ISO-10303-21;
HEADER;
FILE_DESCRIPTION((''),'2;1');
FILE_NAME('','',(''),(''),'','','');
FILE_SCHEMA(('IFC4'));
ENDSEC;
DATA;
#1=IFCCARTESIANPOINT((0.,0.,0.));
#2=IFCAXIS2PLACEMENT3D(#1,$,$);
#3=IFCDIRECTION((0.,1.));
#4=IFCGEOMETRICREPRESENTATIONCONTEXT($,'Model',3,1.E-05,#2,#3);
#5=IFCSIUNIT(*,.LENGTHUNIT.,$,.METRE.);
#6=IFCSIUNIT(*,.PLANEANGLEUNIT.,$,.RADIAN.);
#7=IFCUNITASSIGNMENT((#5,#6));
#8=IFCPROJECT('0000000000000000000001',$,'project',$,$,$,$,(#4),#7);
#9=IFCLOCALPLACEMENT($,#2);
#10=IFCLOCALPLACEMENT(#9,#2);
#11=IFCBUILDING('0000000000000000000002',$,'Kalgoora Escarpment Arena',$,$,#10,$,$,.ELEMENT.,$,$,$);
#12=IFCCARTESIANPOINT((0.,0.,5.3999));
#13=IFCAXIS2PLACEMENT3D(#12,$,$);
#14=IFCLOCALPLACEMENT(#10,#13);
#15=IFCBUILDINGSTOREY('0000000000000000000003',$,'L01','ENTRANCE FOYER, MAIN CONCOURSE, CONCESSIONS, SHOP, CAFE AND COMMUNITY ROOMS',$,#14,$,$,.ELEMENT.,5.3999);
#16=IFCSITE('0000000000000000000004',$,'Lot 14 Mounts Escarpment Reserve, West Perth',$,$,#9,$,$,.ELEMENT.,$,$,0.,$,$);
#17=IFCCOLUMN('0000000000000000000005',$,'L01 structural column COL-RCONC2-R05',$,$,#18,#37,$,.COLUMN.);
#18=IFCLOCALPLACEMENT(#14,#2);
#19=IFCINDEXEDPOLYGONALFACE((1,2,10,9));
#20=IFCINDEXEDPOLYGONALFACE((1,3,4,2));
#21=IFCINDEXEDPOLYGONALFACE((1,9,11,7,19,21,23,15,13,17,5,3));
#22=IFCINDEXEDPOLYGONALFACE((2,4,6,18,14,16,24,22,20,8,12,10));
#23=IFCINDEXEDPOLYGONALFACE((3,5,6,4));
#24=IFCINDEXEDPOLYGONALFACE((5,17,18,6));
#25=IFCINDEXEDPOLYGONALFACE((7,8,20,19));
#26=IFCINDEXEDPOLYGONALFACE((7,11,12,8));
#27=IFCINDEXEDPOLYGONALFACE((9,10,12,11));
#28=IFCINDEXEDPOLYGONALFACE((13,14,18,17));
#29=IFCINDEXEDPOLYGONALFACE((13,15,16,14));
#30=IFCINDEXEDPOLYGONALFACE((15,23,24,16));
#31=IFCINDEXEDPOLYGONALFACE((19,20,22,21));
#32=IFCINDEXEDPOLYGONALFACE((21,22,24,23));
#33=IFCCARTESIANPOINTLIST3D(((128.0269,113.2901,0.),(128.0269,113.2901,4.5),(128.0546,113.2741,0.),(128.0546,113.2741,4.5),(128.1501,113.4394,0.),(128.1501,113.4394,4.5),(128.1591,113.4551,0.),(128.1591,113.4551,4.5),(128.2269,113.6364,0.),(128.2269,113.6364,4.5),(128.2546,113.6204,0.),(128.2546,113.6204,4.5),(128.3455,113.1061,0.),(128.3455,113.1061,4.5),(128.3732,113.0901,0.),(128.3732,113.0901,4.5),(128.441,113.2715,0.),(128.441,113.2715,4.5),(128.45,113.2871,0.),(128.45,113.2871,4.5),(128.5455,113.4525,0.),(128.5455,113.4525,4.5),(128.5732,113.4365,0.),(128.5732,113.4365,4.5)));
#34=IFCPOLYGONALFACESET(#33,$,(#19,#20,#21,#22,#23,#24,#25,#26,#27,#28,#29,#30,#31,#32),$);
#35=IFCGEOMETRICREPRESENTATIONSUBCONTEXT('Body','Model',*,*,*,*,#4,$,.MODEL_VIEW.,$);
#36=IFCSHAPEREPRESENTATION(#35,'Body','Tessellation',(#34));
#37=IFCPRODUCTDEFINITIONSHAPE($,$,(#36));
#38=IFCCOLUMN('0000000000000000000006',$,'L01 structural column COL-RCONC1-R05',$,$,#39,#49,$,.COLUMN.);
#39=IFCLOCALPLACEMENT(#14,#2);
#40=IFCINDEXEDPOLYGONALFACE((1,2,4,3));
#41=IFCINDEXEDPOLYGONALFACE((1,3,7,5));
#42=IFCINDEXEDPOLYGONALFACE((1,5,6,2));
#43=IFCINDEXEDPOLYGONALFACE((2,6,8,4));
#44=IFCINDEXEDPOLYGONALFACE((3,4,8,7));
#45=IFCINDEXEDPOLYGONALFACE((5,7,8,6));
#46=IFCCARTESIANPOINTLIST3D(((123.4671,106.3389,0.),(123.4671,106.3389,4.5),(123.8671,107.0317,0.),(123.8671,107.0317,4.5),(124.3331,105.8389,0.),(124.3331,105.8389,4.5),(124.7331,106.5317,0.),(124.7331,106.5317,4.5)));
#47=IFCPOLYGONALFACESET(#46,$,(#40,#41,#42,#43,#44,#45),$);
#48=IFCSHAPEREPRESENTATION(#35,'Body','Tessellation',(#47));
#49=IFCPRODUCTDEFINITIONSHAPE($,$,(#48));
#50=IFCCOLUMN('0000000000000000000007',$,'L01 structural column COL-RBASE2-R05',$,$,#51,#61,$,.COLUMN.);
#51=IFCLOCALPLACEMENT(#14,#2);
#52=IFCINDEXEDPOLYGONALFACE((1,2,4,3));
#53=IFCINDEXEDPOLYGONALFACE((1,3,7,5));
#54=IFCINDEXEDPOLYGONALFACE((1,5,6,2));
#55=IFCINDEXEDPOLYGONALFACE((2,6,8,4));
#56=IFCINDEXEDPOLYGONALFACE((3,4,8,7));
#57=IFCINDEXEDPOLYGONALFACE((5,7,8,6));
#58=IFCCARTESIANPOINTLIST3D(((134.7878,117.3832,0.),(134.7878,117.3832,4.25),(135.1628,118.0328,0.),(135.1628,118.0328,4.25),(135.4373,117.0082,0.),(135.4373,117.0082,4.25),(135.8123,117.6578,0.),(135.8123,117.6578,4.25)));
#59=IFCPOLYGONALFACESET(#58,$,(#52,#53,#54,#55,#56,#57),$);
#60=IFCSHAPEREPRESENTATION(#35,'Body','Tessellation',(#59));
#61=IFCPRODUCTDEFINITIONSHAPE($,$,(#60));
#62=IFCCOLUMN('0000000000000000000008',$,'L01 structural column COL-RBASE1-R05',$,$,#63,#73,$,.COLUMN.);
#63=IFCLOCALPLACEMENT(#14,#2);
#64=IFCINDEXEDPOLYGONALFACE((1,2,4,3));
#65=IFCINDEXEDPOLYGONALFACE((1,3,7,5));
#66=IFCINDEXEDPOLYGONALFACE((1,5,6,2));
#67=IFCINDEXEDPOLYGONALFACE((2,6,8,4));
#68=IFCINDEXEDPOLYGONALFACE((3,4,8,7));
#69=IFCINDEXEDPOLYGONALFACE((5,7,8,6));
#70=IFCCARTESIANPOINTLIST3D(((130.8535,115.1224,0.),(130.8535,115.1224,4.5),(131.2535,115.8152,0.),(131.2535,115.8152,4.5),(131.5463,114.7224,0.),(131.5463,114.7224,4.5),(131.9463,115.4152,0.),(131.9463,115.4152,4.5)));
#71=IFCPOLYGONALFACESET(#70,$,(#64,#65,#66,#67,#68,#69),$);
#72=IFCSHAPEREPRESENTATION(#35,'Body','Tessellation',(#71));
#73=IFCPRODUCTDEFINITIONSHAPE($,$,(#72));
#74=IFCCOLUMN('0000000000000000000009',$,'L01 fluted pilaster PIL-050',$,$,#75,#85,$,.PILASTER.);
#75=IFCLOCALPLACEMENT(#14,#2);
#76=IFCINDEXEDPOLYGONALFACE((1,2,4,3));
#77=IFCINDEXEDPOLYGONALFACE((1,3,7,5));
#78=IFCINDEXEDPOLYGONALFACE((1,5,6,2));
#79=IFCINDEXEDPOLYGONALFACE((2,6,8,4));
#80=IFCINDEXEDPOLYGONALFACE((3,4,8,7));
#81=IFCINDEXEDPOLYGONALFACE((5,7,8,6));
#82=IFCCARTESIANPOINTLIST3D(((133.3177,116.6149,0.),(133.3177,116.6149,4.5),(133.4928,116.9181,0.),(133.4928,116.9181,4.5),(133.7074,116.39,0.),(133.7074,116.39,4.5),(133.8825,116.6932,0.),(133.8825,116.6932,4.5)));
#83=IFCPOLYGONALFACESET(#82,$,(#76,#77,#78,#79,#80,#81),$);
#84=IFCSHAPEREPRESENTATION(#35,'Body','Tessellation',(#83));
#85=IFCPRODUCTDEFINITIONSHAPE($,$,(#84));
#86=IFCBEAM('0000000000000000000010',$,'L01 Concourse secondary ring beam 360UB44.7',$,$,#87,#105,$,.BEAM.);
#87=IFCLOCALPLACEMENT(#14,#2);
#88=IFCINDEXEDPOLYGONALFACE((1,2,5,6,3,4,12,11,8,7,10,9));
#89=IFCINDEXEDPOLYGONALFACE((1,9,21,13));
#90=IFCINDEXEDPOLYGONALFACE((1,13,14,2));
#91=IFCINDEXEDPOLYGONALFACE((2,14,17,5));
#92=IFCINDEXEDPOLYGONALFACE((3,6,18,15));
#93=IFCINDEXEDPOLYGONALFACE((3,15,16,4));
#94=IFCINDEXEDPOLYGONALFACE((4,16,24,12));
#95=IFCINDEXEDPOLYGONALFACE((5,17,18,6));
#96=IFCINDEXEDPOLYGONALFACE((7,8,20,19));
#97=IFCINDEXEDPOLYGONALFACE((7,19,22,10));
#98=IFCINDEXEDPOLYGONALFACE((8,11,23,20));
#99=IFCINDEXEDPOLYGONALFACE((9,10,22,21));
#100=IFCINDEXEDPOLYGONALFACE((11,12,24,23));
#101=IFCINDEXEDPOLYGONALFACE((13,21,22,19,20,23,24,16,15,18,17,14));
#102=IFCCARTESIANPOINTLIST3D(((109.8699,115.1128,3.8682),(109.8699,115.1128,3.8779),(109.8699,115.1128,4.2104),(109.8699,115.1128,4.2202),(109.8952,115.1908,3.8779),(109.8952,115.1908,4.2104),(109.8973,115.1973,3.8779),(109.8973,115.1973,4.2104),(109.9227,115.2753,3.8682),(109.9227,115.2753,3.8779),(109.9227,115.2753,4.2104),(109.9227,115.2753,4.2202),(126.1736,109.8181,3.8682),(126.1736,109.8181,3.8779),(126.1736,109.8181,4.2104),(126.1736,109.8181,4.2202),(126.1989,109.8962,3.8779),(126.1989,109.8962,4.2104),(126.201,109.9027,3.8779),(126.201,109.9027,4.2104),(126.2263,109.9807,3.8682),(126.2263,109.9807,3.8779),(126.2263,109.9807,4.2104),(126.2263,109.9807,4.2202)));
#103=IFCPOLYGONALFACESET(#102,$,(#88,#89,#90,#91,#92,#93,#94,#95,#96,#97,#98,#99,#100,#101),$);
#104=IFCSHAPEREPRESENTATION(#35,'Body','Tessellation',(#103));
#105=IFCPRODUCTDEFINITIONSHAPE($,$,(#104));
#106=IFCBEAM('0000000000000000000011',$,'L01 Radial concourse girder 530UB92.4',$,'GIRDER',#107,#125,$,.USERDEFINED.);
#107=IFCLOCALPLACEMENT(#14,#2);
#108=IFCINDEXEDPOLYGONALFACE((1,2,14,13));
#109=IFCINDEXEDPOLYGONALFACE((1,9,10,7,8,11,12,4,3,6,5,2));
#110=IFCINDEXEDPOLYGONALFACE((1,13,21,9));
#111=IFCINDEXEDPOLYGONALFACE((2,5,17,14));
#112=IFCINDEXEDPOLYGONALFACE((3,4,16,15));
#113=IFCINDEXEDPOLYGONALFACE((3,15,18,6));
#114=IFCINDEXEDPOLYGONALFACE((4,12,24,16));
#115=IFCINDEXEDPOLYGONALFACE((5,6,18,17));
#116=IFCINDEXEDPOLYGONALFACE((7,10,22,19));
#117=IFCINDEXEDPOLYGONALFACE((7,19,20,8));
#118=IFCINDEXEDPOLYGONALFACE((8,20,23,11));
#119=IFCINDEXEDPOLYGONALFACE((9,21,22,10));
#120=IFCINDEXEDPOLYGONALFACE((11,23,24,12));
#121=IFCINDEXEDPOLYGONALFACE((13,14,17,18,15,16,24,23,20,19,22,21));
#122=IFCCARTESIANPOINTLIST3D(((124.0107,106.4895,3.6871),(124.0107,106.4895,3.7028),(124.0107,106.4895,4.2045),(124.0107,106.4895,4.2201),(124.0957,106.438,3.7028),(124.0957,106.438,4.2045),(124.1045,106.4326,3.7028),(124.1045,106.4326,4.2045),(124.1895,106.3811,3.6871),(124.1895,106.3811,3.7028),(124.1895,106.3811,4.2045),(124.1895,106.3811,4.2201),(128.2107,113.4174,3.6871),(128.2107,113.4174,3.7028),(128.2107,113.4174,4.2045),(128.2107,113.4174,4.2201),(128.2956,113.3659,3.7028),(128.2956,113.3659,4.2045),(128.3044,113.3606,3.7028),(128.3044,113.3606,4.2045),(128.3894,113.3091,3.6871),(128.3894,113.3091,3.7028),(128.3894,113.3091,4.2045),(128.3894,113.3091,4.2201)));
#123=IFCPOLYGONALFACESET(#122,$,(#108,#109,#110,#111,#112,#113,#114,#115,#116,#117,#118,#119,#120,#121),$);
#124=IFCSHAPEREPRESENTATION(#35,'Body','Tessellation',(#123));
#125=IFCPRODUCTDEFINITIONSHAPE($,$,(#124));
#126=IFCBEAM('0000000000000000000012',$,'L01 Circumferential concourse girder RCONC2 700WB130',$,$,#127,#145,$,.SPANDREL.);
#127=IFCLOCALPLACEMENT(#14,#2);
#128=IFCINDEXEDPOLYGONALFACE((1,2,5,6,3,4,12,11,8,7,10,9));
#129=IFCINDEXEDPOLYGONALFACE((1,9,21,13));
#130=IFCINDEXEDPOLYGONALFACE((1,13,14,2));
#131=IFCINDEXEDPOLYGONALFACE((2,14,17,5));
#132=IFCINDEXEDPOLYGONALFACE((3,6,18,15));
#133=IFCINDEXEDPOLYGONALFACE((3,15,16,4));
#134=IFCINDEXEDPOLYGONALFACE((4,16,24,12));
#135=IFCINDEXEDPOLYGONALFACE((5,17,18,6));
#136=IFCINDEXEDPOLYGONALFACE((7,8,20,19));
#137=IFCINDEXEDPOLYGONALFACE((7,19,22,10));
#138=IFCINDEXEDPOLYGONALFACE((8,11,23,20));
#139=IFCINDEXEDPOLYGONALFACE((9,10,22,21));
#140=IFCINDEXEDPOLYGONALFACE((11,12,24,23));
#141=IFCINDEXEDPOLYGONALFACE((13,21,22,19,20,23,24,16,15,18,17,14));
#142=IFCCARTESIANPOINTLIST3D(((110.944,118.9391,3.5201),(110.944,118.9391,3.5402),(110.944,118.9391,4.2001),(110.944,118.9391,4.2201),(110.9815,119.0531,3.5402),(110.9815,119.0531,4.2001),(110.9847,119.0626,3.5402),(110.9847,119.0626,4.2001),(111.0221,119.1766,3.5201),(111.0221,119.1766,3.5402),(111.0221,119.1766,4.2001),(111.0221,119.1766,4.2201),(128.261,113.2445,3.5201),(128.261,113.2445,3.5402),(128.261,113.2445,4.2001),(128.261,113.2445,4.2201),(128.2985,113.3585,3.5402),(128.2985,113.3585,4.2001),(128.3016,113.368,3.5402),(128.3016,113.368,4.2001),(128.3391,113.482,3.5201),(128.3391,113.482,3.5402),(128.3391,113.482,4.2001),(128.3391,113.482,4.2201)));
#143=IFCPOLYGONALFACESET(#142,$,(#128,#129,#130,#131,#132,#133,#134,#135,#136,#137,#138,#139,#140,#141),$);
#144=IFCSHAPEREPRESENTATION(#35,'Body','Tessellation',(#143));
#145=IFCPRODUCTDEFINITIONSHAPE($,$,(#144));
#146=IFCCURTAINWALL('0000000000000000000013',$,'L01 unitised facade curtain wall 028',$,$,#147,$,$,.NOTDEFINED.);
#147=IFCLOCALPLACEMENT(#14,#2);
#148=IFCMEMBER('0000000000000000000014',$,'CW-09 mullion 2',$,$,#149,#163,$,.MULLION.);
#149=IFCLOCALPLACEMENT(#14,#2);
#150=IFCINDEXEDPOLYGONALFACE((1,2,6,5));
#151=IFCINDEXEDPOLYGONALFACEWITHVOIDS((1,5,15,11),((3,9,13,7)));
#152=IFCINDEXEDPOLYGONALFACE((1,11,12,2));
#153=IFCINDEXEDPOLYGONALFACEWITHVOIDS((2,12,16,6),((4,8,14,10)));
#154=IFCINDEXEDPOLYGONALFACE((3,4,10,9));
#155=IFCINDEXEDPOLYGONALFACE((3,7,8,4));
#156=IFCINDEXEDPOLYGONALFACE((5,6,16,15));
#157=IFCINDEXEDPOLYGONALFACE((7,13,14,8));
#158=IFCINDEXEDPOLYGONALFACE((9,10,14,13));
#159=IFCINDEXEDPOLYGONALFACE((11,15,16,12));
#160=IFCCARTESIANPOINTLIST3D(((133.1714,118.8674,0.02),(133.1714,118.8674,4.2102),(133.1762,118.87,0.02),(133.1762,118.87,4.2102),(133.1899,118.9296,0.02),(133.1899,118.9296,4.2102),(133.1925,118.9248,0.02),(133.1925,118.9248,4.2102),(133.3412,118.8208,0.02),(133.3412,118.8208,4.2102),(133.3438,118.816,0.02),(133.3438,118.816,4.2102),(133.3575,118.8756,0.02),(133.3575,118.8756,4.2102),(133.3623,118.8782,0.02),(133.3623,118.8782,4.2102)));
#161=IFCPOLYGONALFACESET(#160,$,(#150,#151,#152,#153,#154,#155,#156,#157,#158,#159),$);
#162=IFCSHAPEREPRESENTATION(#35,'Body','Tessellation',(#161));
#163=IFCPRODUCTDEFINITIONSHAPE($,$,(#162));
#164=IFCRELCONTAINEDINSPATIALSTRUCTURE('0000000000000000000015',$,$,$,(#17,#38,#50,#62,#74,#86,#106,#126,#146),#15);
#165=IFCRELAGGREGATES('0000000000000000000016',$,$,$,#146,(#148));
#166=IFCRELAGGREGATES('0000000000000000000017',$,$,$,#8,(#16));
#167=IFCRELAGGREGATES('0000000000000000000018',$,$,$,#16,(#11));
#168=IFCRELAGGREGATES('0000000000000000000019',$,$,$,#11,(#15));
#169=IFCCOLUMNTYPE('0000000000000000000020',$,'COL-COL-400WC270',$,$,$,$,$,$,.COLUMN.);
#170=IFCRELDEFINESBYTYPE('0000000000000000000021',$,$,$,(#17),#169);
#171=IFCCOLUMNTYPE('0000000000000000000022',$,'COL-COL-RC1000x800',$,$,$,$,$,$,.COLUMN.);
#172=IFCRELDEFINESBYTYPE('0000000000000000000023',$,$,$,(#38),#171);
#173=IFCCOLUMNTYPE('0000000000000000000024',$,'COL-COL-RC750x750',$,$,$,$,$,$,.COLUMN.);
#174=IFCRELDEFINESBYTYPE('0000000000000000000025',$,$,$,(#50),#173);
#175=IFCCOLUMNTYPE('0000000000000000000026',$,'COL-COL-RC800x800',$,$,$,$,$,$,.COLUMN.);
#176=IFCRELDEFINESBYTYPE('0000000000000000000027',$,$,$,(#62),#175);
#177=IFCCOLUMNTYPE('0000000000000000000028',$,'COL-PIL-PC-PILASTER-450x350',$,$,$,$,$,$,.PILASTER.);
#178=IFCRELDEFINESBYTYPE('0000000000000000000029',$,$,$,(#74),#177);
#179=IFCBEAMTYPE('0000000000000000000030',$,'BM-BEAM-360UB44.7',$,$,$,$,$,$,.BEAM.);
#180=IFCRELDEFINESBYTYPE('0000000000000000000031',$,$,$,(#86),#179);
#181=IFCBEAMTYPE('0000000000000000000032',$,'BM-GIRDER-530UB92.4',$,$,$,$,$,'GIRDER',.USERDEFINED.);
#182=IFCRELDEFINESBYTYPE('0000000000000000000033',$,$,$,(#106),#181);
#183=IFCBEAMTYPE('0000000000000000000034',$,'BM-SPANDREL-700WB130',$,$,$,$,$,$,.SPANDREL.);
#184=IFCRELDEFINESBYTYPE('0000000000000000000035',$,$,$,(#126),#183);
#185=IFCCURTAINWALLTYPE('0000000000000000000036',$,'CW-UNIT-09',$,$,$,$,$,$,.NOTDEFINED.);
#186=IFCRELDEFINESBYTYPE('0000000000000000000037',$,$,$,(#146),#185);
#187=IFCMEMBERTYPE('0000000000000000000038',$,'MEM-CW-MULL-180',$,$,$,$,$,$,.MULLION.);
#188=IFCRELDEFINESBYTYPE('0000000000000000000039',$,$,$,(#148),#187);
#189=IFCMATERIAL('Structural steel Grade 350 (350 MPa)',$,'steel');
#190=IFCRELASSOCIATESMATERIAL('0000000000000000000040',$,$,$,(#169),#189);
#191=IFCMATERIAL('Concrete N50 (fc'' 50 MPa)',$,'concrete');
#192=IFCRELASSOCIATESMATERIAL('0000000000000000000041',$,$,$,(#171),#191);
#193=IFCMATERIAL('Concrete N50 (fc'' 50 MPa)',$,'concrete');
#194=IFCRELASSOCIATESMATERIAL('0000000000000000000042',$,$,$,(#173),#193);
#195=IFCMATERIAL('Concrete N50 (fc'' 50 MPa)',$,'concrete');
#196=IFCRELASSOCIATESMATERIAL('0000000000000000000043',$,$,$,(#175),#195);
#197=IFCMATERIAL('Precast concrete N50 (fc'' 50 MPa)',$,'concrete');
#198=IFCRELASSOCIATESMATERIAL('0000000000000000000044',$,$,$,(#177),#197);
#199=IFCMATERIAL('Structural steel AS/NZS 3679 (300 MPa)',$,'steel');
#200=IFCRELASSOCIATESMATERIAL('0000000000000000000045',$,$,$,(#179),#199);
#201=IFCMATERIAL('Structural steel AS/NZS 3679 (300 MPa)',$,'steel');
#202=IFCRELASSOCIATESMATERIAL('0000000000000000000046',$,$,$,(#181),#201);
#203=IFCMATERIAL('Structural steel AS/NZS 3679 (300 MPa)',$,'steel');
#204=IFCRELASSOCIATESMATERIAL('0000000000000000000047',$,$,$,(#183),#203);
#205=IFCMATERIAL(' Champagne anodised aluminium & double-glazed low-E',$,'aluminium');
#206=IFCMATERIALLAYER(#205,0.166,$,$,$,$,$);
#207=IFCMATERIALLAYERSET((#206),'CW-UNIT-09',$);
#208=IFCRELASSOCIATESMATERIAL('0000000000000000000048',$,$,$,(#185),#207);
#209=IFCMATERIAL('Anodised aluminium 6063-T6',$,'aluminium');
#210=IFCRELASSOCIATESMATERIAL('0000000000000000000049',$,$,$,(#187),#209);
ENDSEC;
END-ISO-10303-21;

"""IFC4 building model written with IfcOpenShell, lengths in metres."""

from ifc_helpers import new_model, si_unit, direction, frame, origin, origin_2d, place, context, subcontext, project, spatial, rectangle, hollow_rectangle, i_section, extrude, material, layer, layer_set, material_profile, profile_set, type_object, element, aggregate, save


model = new_model("IFC4")

# Units and contexts
model_context = context("Model", 3, precision=1e-05, world=origin(), true_north=direction((0.0, 1.0)))
body_context = subcontext(model_context, "Body", "Model", "MODEL_VIEW")
ifc_project = project(units=[si_unit("LENGTHUNIT", "METRE"), si_unit("PLANEANGLEUNIT", "RADIAN")], contexts=[model_context])

# Site, building, storey
site_placement = place(None, origin())
site = spatial("IfcSite", under=ifc_project, at=site_placement, Name="Lot 14 Mounts Escarpment Reserve, West Perth", CompositionType="ELEMENT", RefElevation=0.0)
building_placement = place(site_placement, origin())
building = spatial("IfcBuilding", under=site, at=building_placement, Name="Kalgoora Escarpment Arena", CompositionType="ELEMENT")
storey_placement = place(building_placement, frame((0.0, 0.0, 5.3999)))
storey = spatial("IfcBuildingStorey", under=building, at=storey_placement, Name="L01", Description="ENTRANCE FOYER, MAIN CONCOURSE, CONCESSIONS, SHOP, CAFE AND COMMUNITY ROOMS", CompositionType="ELEMENT", Elevation=5.3999)

# Columns
ifc_material_1 = material(Name="Structural steel Grade 350 (350 MPa)", Category="steel")
ifc_material_profile_1 = material_profile(ifc_material_1, i_section(OverallWidth=0.3999, OverallDepth=0.3999, WebThickness=0.0181, FlangeThickness=0.032, at=origin_2d()))
ifc_profile_set_1 = profile_set([ifc_material_profile_1], Name="Structural steel Grade 350 (350 MPa)")
column_type_1 = type_object("IfcColumnType", Name="COL-COL-400WC270", PredefinedType="COLUMN", material=ifc_profile_set_1)
column_1_placement = place(storey_placement, frame((128.3, 113.3633, 0.0), z_axis=(0.0, 0.0, 1.0), x_axis=(0.5, 0.866025, 0.0)))
element("IfcColumn", 1, at=column_1_placement, inside=storey, type_object=column_type_1, Name="L01 structural column COL-RCONC2-R05", PredefinedType="COLUMN", context=body_context, shape_type="SweptSolid", body=[
    extrude(i_section(OverallWidth=0.3999, OverallDepth=0.3999, WebThickness=0.0181, FlangeThickness=0.032, at=origin_2d()), origin(), (0.0, 0.0, 1.0), 4.5),
])
ifc_material_2 = material(Name="Concrete N50 (fc' 50 MPa)", Category="concrete")
ifc_material_profile_2 = material_profile(ifc_material_2, rectangle(XDim=0.8, YDim=1.0, at=origin_2d()))
ifc_profile_set_2 = profile_set([ifc_material_profile_2], Name="Concrete N50 (fc' 50 MPa)")
column_type_2 = type_object("IfcColumnType", Name="COL-COL-RC1000x800", PredefinedType="COLUMN", material=ifc_profile_set_2)
column_2_placement = place(storey_placement, frame((124.1001, 106.4353, 0.0), z_axis=(0.0, 0.0, 1.0), x_axis=(0.5, 0.866025, 0.0)))
element("IfcColumn", 2, at=column_2_placement, inside=storey, type_object=column_type_2, Name="L01 structural column COL-RCONC1-R05", PredefinedType="COLUMN", context=body_context, shape_type="SweptSolid", body=[
    extrude(rectangle(XDim=0.8, YDim=1.0, at=origin_2d()), origin(), (0.0, 0.0, 1.0), 4.5),
])
ifc_material_3 = material(Name="Concrete N50 (fc' 50 MPa)", Category="concrete")
ifc_material_profile_3 = material_profile(ifc_material_3, rectangle(XDim=0.75, YDim=0.75, at=origin_2d()))
ifc_profile_set_3 = profile_set([ifc_material_profile_3], Name="Concrete N50 (fc' 50 MPa)")
column_type_3 = type_object("IfcColumnType", Name="COL-COL-RC750x750", PredefinedType="COLUMN", material=ifc_profile_set_3)
column_3_placement = place(storey_placement, frame((135.3, 117.5205, 0.0), z_axis=(0.0, 0.0, 1.0), x_axis=(0.5, 0.866025, 0.0)))
element("IfcColumn", 3, at=column_3_placement, inside=storey, type_object=column_type_3, Name="L01 structural column COL-RBASE2-R05", PredefinedType="COLUMN", context=body_context, shape_type="SweptSolid", body=[
    extrude(rectangle(XDim=0.75, YDim=0.75, at=origin_2d()), origin(), (0.0, 0.0, 1.0), 4.25),
])
ifc_material_4 = material(Name="Concrete N50 (fc' 50 MPa)", Category="concrete")
ifc_material_profile_4 = material_profile(ifc_material_4, rectangle(XDim=0.8, YDim=0.8, at=origin_2d()))
ifc_profile_set_4 = profile_set([ifc_material_profile_4], Name="Concrete N50 (fc' 50 MPa)")
column_type_4 = type_object("IfcColumnType", Name="COL-COL-RC800x800", PredefinedType="COLUMN", material=ifc_profile_set_4)
column_4_placement = place(storey_placement, frame((131.3999, 115.2688, 0.0), z_axis=(0.0, 0.0, 1.0), x_axis=(0.5, 0.866025, 0.0)))
element("IfcColumn", 4, at=column_4_placement, inside=storey, type_object=column_type_4, Name="L01 structural column COL-RBASE1-R05", PredefinedType="COLUMN", context=body_context, shape_type="SweptSolid", body=[
    extrude(rectangle(XDim=0.8, YDim=0.8, at=origin_2d()), origin(), (0.0, 0.0, 1.0), 4.5),
])
ifc_material_5 = material(Name="Precast concrete N50 (fc' 50 MPa)", Category="concrete")
ifc_material_profile_5 = material_profile(ifc_material_5, rectangle(XDim=0.3501, YDim=0.45, at=origin_2d()))
ifc_profile_set_5 = profile_set([ifc_material_profile_5], Name="Precast concrete N50 (fc' 50 MPa)")
column_type_5 = type_object("IfcColumnType", Name="COL-PIL-PC-PILASTER-450x350", PredefinedType="PILASTER", material=ifc_profile_set_5)
column_5_placement = place(storey_placement, frame((133.6001, 116.6541, 0.0), z_axis=(0.0, 0.0, 1.0), x_axis=(0.5, 0.866025, 0.0)))
element("IfcColumn", 5, at=column_5_placement, inside=storey, type_object=column_type_5, Name="L01 fluted pilaster PIL-050", PredefinedType="PILASTER", context=body_context, shape_type="SweptSolid", body=[
    extrude(rectangle(XDim=0.3501, YDim=0.45, at=origin_2d()), origin(), (0.0, 0.0, 1.0), 4.5),
])

# Beams
ifc_material_6 = material(Name="Structural steel AS/NZS 3679 (300 MPa)", Category="steel")
ifc_material_profile_6 = material_profile(ifc_material_6, i_section(OverallWidth=0.1709, OverallDepth=0.3521, WebThickness=0.0068, FlangeThickness=0.0098, at=origin_2d()))
ifc_profile_set_6 = profile_set([ifc_material_profile_6], Name="Structural steel AS/NZS 3679 (300 MPa)")
beam_type_1 = type_object("IfcBeamType", Name="BM-BEAM-360UB44.7", PredefinedType="BEAM", material=ifc_profile_set_6)
beam_1_placement = place(storey_placement, frame((126.2, 109.8994, 4.0442), z_axis=(-0.951103, 0.308874, 0.0), x_axis=(-0.308874, -0.951103, 0.0)))
element("IfcBeam", 6, at=beam_1_placement, inside=storey, type_object=beam_type_1, Name="L01 Concourse secondary ring beam 360UB44.7", PredefinedType="BEAM", context=body_context, shape_type="SweptSolid", body=[
    extrude(i_section(OverallWidth=0.1709, OverallDepth=0.3521, WebThickness=0.0068, FlangeThickness=0.0098, at=origin_2d()), origin(), (0.0, 0.0, 1.0), 17.1418),
])
ifc_material_7 = material(Name="Structural steel AS/NZS 3679 (300 MPa)", Category="steel")
ifc_material_profile_7 = material_profile(ifc_material_7, i_section(OverallWidth=0.209, OverallDepth=0.533, WebThickness=0.0103, FlangeThickness=0.0156, at=origin_2d()))
ifc_profile_set_7 = profile_set([ifc_material_profile_7], Name="Structural steel AS/NZS 3679 (300 MPa)")
beam_type_2 = type_object("IfcBeamType", Name="BM-GIRDER-530UB92.4", ElementType="GIRDER", PredefinedType="USERDEFINED", material=ifc_profile_set_7)
beam_2_placement = place(storey_placement, frame((124.1001, 106.4353, 3.9536), z_axis=(0.518408, 0.855133, 0.0), x_axis=(-0.855133, 0.518408, 0.0)))
element("IfcBeam", 7, at=beam_2_placement, inside=storey, type_object=beam_type_2, Name="L01 Radial concourse girder 530UB92.4", ObjectType="GIRDER", PredefinedType="USERDEFINED", context=body_context, shape_type="SweptSolid", body=[
    extrude(i_section(OverallWidth=0.209, OverallDepth=0.533, WebThickness=0.0103, FlangeThickness=0.0156, at=origin_2d()), origin(), (0.0, 0.0, 1.0), 8.1016),
])
ifc_material_8 = material(Name="Structural steel AS/NZS 3679 (300 MPa)", Category="steel")
ifc_material_profile_8 = material_profile(ifc_material_8, i_section(OverallWidth=0.25, OverallDepth=0.7, WebThickness=0.01, FlangeThickness=0.02, at=origin_2d()))
ifc_profile_set_8 = profile_set([ifc_material_profile_8], Name="Structural steel AS/NZS 3679 (300 MPa)")
beam_type_3 = type_object("IfcBeamType", Name="BM-SPANDREL-700WB130", PredefinedType="SPANDREL", material=ifc_profile_set_8)
beam_3_placement = place(storey_placement, frame((128.3, 113.3633, 3.8701), z_axis=(-0.949955, 0.312388, 0.0), x_axis=(-0.312388, -0.949955, 0.0)))
element("IfcBeam", 8, at=beam_3_placement, inside=storey, type_object=beam_type_3, Name="L01 Circumferential concourse girder RCONC2 700WB130", PredefinedType="SPANDREL", context=body_context, shape_type="SweptSolid", body=[
    extrude(i_section(OverallWidth=0.25, OverallDepth=0.7, WebThickness=0.01, FlangeThickness=0.02, at=origin_2d()), origin(), (0.0, 0.0, 1.0), 18.2292),
])

# Curtain wall, member
ifc_material_9 = material(Name=" Champagne anodised aluminium & double-glazed low-E", Category="aluminium")
ifc_layer_1 = layer(ifc_material_9, 0.166)
ifc_layer_set_1 = layer_set([ifc_layer_1], Name="CW-UNIT-09")
curtain_wall_type = type_object("IfcCurtainWallType", Name="CW-UNIT-09", PredefinedType="NOTDEFINED", material=ifc_layer_set_1)
curtain_wall_placement = place(storey_placement, origin())
curtain_wall = element("IfcCurtainWall", 9, at=curtain_wall_placement, inside=storey, type_object=curtain_wall_type, Name="L01 unitised facade curtain wall 028", PredefinedType="NOTDEFINED")
ifc_material_10 = material(Name="Anodised aluminium 6063-T6", Category="aluminium")
ifc_material_profile_9 = material_profile(ifc_material_10, hollow_rectangle(XDim=0.0649, YDim=0.1799, WallThickness=0.0039, at=origin_2d()))
ifc_profile_set_9 = profile_set([ifc_material_profile_9], Name="Anodised aluminium 6063-T6")
member_type_1 = type_object("IfcMemberType", Name="MEM-CW-MULL-180", PredefinedType="MULLION", material=ifc_profile_set_9)
member_1_placement = place(storey_placement, frame((133.2668, 118.8728, 0.02), z_axis=(0.0, 0.0, 1.0), x_axis=(0.285637, 0.958338, 0.0)))
member_1 = element("IfcMember", 10, at=member_1_placement, type_object=member_type_1, Name="CW-09 mullion 2", PredefinedType="MULLION", context=body_context, shape_type="SweptSolid", body=[
    extrude(hollow_rectangle(XDim=0.0649, YDim=0.1799, WallThickness=0.0039, at=origin_2d()), origin(), (0.0, 0.0, 1.0), 4.1902),
])

aggregate(curtain_wall, [member_1])

save(model, "model.ifc")
